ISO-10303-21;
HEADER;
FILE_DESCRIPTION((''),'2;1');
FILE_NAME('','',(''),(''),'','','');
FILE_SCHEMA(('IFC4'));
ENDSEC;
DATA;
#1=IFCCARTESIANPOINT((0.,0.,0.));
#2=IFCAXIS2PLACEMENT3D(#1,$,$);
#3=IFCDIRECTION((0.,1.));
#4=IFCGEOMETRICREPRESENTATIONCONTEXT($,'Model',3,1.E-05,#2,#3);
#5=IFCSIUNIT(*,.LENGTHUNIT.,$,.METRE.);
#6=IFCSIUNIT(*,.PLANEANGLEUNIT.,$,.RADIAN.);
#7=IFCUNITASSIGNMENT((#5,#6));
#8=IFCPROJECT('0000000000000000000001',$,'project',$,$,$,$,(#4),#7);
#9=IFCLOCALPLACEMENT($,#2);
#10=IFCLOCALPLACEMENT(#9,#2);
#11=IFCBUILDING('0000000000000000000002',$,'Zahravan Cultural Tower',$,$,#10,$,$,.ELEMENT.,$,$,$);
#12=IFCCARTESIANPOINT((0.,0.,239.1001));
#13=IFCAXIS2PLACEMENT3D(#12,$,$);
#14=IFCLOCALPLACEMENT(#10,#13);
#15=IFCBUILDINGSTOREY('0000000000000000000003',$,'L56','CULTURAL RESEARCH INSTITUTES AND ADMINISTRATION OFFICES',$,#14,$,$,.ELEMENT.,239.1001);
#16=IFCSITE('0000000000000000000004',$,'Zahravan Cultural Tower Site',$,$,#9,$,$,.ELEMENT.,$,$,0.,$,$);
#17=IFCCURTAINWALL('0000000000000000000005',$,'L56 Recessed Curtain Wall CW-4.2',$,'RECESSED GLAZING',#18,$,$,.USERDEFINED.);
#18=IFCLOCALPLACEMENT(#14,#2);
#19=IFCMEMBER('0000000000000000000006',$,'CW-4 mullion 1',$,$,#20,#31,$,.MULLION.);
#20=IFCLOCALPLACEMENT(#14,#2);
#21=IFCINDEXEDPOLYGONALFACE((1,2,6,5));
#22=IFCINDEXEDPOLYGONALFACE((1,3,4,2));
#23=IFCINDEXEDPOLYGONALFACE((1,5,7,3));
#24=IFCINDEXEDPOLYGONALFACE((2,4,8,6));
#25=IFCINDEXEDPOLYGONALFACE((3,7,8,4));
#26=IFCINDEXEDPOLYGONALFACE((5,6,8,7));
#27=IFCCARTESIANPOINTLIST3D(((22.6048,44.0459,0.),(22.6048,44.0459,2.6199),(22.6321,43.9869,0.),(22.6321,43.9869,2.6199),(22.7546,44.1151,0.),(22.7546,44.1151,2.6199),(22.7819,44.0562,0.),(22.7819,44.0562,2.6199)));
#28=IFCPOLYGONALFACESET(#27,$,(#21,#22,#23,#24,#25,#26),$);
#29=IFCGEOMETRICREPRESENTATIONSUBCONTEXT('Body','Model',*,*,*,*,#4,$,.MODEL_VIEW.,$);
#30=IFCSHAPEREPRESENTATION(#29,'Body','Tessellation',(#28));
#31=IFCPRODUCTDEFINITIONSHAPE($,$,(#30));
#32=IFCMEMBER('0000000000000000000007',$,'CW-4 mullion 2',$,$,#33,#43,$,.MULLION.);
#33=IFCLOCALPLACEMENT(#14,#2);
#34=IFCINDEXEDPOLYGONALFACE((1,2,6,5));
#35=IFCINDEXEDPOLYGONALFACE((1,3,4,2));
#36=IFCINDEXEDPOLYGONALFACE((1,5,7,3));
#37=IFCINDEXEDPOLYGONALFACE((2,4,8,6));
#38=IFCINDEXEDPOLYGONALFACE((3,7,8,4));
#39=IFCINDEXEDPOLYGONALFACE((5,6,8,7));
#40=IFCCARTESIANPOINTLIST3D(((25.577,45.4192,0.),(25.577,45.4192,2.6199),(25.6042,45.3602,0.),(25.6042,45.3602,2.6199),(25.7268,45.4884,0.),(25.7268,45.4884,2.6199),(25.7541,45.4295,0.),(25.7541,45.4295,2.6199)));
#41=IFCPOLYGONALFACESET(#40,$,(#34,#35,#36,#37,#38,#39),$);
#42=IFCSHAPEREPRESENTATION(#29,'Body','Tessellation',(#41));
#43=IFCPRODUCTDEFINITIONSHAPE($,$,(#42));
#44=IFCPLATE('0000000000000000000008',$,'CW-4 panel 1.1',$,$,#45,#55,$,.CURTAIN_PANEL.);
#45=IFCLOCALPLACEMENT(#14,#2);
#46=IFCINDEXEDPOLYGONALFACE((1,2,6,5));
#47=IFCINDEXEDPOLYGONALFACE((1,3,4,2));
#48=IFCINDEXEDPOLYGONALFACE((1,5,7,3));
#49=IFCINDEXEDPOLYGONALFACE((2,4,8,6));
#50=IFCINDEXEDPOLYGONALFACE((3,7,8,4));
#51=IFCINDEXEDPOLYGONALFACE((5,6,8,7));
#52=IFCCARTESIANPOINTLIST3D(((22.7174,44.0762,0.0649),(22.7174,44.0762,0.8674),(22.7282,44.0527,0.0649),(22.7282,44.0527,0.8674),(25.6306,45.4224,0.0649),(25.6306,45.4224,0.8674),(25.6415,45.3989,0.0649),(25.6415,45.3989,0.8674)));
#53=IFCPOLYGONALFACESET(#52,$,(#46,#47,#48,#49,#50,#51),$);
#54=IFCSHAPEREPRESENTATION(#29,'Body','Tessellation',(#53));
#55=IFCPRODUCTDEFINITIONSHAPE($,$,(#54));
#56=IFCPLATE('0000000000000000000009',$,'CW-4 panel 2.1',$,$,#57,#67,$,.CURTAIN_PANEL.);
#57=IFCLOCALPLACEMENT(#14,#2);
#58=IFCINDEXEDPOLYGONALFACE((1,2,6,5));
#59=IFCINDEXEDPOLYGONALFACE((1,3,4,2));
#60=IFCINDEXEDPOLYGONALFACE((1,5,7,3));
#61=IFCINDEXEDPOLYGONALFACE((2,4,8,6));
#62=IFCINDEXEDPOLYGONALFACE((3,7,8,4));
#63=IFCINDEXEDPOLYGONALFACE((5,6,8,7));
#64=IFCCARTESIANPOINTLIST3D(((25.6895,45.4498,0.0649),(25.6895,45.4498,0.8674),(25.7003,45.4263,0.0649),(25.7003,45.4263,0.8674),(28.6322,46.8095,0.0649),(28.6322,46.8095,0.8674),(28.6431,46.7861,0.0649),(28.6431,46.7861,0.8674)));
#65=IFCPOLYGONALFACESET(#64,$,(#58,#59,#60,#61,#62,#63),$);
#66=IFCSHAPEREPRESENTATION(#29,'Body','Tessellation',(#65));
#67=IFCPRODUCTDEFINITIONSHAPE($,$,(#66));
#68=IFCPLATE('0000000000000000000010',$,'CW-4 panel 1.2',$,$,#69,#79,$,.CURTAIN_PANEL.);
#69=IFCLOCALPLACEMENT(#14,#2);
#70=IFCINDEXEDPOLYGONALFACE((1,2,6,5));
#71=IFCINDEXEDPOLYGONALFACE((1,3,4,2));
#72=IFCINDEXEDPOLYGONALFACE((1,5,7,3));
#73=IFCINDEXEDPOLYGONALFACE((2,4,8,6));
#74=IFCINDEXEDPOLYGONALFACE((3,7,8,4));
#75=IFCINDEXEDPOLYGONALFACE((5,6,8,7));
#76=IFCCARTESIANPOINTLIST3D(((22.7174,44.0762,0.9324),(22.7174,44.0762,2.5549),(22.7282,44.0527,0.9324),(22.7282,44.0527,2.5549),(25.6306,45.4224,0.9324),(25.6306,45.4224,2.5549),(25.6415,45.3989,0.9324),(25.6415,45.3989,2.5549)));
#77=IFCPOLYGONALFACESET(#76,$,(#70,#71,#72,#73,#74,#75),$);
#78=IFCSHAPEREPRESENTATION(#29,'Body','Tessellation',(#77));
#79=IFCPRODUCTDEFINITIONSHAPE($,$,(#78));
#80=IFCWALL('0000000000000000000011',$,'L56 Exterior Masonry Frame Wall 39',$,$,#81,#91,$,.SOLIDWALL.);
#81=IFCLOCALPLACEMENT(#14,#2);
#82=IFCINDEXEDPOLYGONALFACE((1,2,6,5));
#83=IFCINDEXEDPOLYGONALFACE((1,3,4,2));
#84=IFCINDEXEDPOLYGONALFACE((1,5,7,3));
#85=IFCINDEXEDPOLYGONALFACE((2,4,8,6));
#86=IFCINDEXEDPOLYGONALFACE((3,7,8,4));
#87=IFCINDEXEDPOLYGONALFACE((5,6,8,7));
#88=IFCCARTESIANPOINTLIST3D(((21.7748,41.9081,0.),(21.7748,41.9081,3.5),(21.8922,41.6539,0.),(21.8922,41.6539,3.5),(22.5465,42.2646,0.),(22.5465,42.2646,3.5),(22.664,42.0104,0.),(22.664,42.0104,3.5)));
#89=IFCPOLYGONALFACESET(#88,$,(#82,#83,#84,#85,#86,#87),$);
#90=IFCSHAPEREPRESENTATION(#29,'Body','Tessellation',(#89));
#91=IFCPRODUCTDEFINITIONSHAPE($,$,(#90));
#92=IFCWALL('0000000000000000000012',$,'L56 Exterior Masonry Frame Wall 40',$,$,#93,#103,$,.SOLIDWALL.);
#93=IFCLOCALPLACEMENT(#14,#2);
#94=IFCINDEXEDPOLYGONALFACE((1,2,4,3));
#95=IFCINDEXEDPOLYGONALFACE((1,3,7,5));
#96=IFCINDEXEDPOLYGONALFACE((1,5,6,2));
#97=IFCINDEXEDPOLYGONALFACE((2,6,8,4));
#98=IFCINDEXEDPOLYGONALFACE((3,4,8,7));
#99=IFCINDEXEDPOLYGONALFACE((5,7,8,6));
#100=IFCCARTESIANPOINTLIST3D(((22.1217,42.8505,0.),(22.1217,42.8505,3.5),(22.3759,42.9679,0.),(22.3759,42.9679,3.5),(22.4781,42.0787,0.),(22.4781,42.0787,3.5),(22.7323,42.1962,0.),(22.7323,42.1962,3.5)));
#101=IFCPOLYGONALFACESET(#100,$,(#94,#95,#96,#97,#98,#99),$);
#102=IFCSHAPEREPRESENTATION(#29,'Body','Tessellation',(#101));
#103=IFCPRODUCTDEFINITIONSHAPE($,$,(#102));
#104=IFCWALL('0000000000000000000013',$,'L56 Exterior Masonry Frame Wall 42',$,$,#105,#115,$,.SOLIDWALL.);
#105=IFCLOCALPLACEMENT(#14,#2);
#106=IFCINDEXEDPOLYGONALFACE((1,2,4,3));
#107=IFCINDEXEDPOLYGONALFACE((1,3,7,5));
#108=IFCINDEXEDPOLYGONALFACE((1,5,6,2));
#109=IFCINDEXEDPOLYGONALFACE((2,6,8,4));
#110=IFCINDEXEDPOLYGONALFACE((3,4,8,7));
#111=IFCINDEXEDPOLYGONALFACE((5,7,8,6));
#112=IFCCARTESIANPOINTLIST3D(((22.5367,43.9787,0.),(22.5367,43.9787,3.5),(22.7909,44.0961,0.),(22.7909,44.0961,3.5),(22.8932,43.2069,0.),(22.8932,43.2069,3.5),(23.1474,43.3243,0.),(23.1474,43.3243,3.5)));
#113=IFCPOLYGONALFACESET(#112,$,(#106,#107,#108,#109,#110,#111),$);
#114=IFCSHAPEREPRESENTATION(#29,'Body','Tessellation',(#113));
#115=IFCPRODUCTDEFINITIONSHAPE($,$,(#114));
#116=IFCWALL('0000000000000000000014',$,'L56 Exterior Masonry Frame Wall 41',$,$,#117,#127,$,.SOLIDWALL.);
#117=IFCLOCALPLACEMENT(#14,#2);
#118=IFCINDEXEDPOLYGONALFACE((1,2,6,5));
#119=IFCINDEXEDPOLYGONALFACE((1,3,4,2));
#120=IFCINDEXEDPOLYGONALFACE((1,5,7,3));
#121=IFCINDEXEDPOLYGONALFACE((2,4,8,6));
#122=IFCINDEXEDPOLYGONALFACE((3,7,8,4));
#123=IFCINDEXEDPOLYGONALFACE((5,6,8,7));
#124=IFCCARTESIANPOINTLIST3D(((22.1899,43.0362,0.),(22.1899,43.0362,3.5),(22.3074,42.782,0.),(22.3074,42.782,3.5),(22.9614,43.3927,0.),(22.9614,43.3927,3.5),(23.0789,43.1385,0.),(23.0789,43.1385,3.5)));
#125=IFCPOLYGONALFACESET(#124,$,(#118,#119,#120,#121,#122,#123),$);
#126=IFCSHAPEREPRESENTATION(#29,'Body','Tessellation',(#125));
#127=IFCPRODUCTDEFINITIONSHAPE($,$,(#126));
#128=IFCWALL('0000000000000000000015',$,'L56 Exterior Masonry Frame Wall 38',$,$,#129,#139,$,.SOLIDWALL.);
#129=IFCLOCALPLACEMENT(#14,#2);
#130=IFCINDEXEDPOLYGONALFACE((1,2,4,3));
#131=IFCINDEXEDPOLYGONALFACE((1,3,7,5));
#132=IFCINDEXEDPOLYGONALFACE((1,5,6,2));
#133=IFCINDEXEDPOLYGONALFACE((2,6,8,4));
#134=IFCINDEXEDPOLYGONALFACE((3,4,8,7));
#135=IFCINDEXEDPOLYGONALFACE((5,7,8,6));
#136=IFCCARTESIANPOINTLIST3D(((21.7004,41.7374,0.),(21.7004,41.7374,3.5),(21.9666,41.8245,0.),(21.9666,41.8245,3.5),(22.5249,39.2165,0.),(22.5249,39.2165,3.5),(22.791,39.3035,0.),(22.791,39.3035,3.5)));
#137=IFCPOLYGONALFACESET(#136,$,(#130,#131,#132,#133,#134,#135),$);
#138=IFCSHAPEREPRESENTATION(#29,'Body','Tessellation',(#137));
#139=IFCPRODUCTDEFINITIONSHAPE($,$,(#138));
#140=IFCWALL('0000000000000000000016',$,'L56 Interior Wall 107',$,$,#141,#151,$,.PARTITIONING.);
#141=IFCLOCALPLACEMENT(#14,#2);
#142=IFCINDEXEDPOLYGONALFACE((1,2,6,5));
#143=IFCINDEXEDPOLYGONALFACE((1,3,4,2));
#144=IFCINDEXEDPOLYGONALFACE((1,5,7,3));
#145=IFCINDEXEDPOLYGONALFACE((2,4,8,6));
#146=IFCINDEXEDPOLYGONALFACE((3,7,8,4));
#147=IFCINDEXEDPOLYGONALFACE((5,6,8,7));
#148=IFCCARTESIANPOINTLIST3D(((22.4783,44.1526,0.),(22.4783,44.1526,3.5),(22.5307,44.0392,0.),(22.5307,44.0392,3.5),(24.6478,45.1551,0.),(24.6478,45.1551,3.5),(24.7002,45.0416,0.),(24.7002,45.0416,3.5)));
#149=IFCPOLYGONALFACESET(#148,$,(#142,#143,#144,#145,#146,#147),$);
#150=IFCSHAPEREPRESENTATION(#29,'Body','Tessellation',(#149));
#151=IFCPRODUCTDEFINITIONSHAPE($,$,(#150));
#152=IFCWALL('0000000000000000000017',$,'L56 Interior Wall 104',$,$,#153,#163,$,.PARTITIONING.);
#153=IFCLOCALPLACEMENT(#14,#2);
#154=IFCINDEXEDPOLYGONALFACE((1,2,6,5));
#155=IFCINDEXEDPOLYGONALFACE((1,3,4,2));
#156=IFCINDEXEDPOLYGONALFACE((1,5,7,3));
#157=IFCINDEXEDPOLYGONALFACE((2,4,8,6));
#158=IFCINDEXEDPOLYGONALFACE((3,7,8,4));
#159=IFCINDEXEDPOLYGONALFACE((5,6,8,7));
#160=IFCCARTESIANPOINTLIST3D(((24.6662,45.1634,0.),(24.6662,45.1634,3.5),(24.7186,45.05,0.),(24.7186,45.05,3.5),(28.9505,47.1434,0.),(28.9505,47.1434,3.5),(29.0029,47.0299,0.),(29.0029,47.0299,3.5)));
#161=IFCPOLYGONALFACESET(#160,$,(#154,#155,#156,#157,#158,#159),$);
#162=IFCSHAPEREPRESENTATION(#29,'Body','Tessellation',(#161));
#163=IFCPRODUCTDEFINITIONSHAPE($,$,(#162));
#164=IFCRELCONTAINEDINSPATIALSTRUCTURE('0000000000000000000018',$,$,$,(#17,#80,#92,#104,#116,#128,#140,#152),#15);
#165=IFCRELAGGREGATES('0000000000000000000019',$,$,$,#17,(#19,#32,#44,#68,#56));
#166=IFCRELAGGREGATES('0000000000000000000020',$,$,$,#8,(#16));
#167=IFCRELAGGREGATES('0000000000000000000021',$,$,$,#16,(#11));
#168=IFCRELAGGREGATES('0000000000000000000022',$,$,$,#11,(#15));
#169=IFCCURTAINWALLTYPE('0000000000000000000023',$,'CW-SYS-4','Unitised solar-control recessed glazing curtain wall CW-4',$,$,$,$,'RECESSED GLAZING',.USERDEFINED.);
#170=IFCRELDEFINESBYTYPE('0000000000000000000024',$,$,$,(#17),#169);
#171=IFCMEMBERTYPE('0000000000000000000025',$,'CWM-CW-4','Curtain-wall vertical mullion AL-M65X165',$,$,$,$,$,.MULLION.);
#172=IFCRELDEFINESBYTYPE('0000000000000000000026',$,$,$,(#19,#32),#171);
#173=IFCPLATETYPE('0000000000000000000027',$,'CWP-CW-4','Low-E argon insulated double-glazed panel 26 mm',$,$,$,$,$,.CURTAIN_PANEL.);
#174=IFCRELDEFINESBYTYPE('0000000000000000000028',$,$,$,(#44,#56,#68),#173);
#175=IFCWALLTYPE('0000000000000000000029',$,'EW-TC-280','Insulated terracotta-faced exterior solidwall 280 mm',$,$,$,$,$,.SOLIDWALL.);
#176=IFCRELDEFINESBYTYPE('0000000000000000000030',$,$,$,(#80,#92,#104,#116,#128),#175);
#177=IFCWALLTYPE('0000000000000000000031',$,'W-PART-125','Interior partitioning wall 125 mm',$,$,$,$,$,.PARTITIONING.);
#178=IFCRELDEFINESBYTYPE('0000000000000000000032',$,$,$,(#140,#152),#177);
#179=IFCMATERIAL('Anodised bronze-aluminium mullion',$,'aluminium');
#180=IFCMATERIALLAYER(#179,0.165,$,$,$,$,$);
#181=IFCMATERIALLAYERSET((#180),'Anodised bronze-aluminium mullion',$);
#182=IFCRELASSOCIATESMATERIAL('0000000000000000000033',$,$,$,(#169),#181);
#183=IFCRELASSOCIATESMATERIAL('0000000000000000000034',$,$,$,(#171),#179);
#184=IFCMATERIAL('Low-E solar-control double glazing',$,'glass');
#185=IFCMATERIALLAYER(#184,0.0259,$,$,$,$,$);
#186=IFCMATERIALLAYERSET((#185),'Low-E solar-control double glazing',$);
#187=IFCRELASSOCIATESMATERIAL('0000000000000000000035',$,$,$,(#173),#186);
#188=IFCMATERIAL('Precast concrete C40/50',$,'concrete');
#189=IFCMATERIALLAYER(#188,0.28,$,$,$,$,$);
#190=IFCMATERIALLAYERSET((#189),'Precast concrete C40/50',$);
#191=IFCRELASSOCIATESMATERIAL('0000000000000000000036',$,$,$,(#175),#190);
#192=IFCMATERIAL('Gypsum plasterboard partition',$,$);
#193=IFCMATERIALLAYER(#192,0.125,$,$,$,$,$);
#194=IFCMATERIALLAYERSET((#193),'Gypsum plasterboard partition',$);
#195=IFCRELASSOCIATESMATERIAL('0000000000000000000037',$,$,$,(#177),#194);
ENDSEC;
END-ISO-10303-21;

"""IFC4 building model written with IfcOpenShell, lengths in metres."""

from ifc_helpers import new_model, si_unit, direction, frame, frame_2d, origin, origin_2d, place, context, subcontext, project, spatial, rectangle, extrude, source, transform, mapped, material, layer, layer_set, material_profile, profile_set, type_object, element, aggregate, save


model = new_model("IFC4")

# Units and contexts
model_context = context("Model", 3, precision=1e-05, world=origin(), true_north=direction((0.0, 1.0)))
body_context = subcontext(model_context, "Body", "Model", "MODEL_VIEW")
ifc_project = project(units=[si_unit("LENGTHUNIT", "METRE"), si_unit("PLANEANGLEUNIT", "RADIAN")], contexts=[model_context])

# Site, building, storey
site_placement = place(None, origin())
site = spatial("IfcSite", under=ifc_project, at=site_placement, Name="Zahravan Cultural Tower Site", CompositionType="ELEMENT", RefElevation=0.0)
building_placement = place(site_placement, origin())
building = spatial("IfcBuilding", under=site, at=building_placement, Name="Zahravan Cultural Tower", CompositionType="ELEMENT")
storey_placement = place(building_placement, frame((0.0, 0.0, 239.1001)))
storey = spatial("IfcBuildingStorey", under=building, at=storey_placement, Name="L56", Description="CULTURAL RESEARCH INSTITUTES AND ADMINISTRATION OFFICES", CompositionType="ELEMENT", Elevation=239.1001)

# Curtain wall, members, plates
ifc_material_1 = material(Name="Anodised bronze-aluminium mullion", Category="aluminium")
ifc_layer_1 = layer(ifc_material_1, 0.165)
ifc_layer_set_1 = layer_set([ifc_layer_1], Name="Anodised bronze-aluminium mullion")
curtain_wall_type = type_object("IfcCurtainWallType", Name="CW-SYS-4", Description="Unitised solar-control recessed glazing curtain wall CW-4", ElementType="RECESSED GLAZING", PredefinedType="USERDEFINED", material=ifc_layer_set_1)
curtain_wall_placement = place(storey_placement, origin())
curtain_wall = element("IfcCurtainWall", 1, at=curtain_wall_placement, inside=storey, type_object=curtain_wall_type, Name="L56 Recessed Curtain Wall CW-4.2", ObjectType="RECESSED GLAZING", PredefinedType="USERDEFINED")
ifc_material_profile_1 = material_profile(ifc_material_1, rectangle(XDim=0.0649, YDim=0.165, at=origin_2d()), Name="AL-M65X165")
ifc_profile_set_1 = profile_set([ifc_material_profile_1], Name="Anodised bronze-aluminium mullion")
member_type_1 = type_object("IfcMemberType", Name="CWM-CW-4", Description="Curtain-wall vertical mullion AL-M65X165", PredefinedType="MULLION", material=ifc_profile_set_1)
shared_shape_1 = source(origin(), body_context, "Body", "SweptSolid", [
    extrude(rectangle(XDim=0.0649, YDim=0.165, at=origin_2d()), origin(), (0.0, 0.0, 1.0), 2.6199),
])
member_1_placement = place(storey_placement, frame((22.6934, 44.051, 0.0), z_axis=(0.0, 0.0, 1.0), x_axis=(-0.419457, 0.907775, 0.0)))
member_1 = element("IfcMember", 2, at=member_1_placement, type_object=member_type_1, Name="CW-4 mullion 1", PredefinedType="MULLION", context=body_context, shape_type="MappedRepresentation", body=[
    mapped(shared_shape_1, transform((0.0, 0.0, 0.0), x_axis=(1.0, 0.0, 0.0), y_axis=(0.0, 1.0, 0.0), z_axis=(0.0, 0.0, 1.0), scale=1.0)),
])
member_2_placement = place(storey_placement, frame((25.6655, 45.4243, 0.0), z_axis=(0.0, 0.0, 1.0), x_axis=(-0.419457, 0.907775, 0.0)))
member_2 = element("IfcMember", 3, at=member_2_placement, type_object=member_type_1, Name="CW-4 mullion 2", PredefinedType="MULLION", context=body_context, shape_type="MappedRepresentation", body=[
    mapped(shared_shape_1, transform((0.0, 0.0, 0.0), x_axis=(1.0, 0.0, 0.0), y_axis=(0.0, 1.0, 0.0), z_axis=(0.0, 0.0, 1.0), scale=1.0)),
])
ifc_material_2 = material(Name="Low-E solar-control double glazing", Category="glass")
ifc_layer_2 = layer(ifc_material_2, 0.0259)
ifc_layer_set_2 = layer_set([ifc_layer_2], Name="Low-E solar-control double glazing")
plate_type = type_object("IfcPlateType", Name="CWP-CW-4", Description="Low-E argon insulated double-glazed panel 26 mm", PredefinedType="CURTAIN_PANEL", material=ifc_layer_set_2)
shared_shape_2 = source(origin(), body_context, "Body", "SweptSolid", [
    extrude(rectangle(XDim=3.2092, YDim=0.0259, at=origin_2d()), origin(), (0.0, 0.0, 1.0), 0.8025),
])
plate_1_placement = place(storey_placement, frame((24.1794, 44.7375, 0.0649), z_axis=(0.0, 0.0, 1.0), x_axis=(0.907775, 0.419457, 0.0)))
plate_1 = element("IfcPlate", 4, at=plate_1_placement, type_object=plate_type, Name="CW-4 panel 1.1", PredefinedType="CURTAIN_PANEL", context=body_context, shape_type="MappedRepresentation", body=[
    mapped(shared_shape_2, transform((0.0, 0.0, 0.0), x_axis=(1.0, 0.0, 0.0), y_axis=(0.0, 1.0, 0.0), z_axis=(0.0, 0.0, 1.0), scale=1.0)),
])
shared_shape_3 = source(origin(), body_context, "Body", "SweptSolid", [
    extrude(rectangle(XDim=3.2417, YDim=0.0259, at=origin_2d()), origin(), (0.0, 0.0, 1.0), 0.8025),
])
plate_2_placement = place(storey_placement, frame((27.1663, 46.1179, 0.0649), z_axis=(0.0, 0.0, 1.0), x_axis=(0.907775, 0.419457, 0.0)))
plate_2 = element("IfcPlate", 5, at=plate_2_placement, type_object=plate_type, Name="CW-4 panel 2.1", PredefinedType="CURTAIN_PANEL", context=body_context, shape_type="MappedRepresentation", body=[
    mapped(shared_shape_3, transform((0.0, 0.0, 0.0), x_axis=(1.0, 0.0, 0.0), y_axis=(0.0, 1.0, 0.0), z_axis=(0.0, 0.0, 1.0), scale=1.0)),
])
shared_shape_4 = source(origin(), body_context, "Body", "SweptSolid", [
    extrude(rectangle(XDim=3.2092, YDim=0.0259, at=origin_2d()), origin(), (0.0, 0.0, 1.0), 1.6226),
])
plate_3_placement = place(storey_placement, frame((24.1794, 44.7375, 0.9324), z_axis=(0.0, 0.0, 1.0), x_axis=(0.907775, 0.419457, 0.0)))
plate_3 = element("IfcPlate", 6, at=plate_3_placement, type_object=plate_type, Name="CW-4 panel 1.2", PredefinedType="CURTAIN_PANEL", context=body_context, shape_type="MappedRepresentation", body=[
    mapped(shared_shape_4, transform((0.0, 0.0, 0.0), x_axis=(1.0, 0.0, 0.0), y_axis=(0.0, 1.0, 0.0), z_axis=(0.0, 0.0, 1.0), scale=1.0)),
])
aggregate(curtain_wall, [member_1, member_2, plate_1, plate_3, plate_2])

# Walls
ifc_material_3 = material(Name="Precast concrete C40/50", Category="concrete")
ifc_layer_3 = layer(ifc_material_3, 0.28)
ifc_layer_set_3 = layer_set([ifc_layer_3], Name="Precast concrete C40/50")
wall_type_1 = type_object("IfcWallType", Name="EW-TC-280", Description="Insulated terracotta-faced exterior solidwall 280 mm", PredefinedType="SOLIDWALL", material=ifc_layer_set_3)
shared_shape_5 = source(origin(), body_context, "Body", "SweptSolid", [
    extrude(rectangle(XDim=0.8501, YDim=0.28, at=frame_2d((0.425, 0.0))), origin(), (0.0, 0.0, 1.0), 3.5),
])
for number, where, z_axis, x_axis, name in (
    (7, (21.8335, 41.781, 0.0), (0.0, 0.0, 1.0), (0.907842, 0.419313, 0.0), "L56 Exterior Masonry Frame Wall 39"),
    (8, (22.6052, 42.1375, 0.0), (0.0, 0.0, 1.0), (-0.419313, 0.907842, 0.0), "L56 Exterior Masonry Frame Wall 40"),
    (9, (23.0203, 43.2656, 0.0), (0.0, 0.0, 1.0), (-0.419313, 0.907842, 0.0), "L56 Exterior Masonry Frame Wall 42"),
):
    element("IfcWall", number, at=place(storey_placement, frame(where, z_axis=z_axis, x_axis=x_axis)), inside=storey, type_object=wall_type_1, Name=name, PredefinedType="SOLIDWALL", context=body_context, shape_type="MappedRepresentation", body=[
        mapped(shared_shape_5, transform((0.0, 0.0, 0.0), x_axis=(1.0, 0.0, 0.0), y_axis=(0.0, 1.0, 0.0), z_axis=(0.0, 0.0, 1.0), scale=1.0)),
    ])
shared_shape_6 = source(origin(), body_context, "Body", "SweptSolid", [
    extrude(rectangle(XDim=0.8499, YDim=0.28, at=frame_2d((0.4248, 0.0))), origin(), (0.0, 0.0, 1.0), 3.5),
])
wall_1_placement = place(storey_placement, frame((22.2488, 42.9092, 0.0), z_axis=(0.0, 0.0, 1.0), x_axis=(0.907791, 0.419422, 0.0)))
element("IfcWall", 10, at=wall_1_placement, inside=storey, type_object=wall_type_1, Name="L56 Exterior Masonry Frame Wall 41", PredefinedType="SOLIDWALL", context=body_context, shape_type="MappedRepresentation", body=[
    mapped(shared_shape_6, transform((0.0, 0.0, 0.0), x_axis=(1.0, 0.0, 0.0), y_axis=(0.0, 1.0, 0.0), z_axis=(0.0, 0.0, 1.0), scale=1.0)),
])
shared_shape_7 = source(origin(), body_context, "Body", "SweptSolid", [
    extrude(rectangle(XDim=2.6523, YDim=0.28, at=frame_2d((1.3262, 0.0))), origin(), (0.0, 0.0, 1.0), 3.5),
])
wall_2_placement = place(storey_placement, frame((22.658, 39.26, 0.0), z_axis=(0.0, 0.0, 1.0), x_axis=(-0.310838, 0.950463, 0.0)))
element("IfcWall", 11, at=wall_2_placement, inside=storey, type_object=wall_type_1, Name="L56 Exterior Masonry Frame Wall 38", PredefinedType="SOLIDWALL", context=body_context, shape_type="MappedRepresentation", body=[
    mapped(shared_shape_7, transform((0.0, 0.0, 0.0), x_axis=(1.0, 0.0, 0.0), y_axis=(0.0, 1.0, 0.0), z_axis=(0.0, 0.0, 1.0), scale=1.0)),
])
ifc_material_4 = material(Name="Gypsum plasterboard partition")
ifc_layer_4 = layer(ifc_material_4, 0.125)
ifc_layer_set_4 = layer_set([ifc_layer_4], Name="Gypsum plasterboard partition")
wall_type_2 = type_object("IfcWallType", Name="W-PART-125", Description="Interior partitioning wall 125 mm", PredefinedType="PARTITIONING", material=ifc_layer_set_4)
shared_shape_8 = source(origin(), body_context, "Body", "SweptSolid", [
    extrude(rectangle(XDim=2.3899, YDim=0.125, at=frame_2d((1.1948, 0.0))), origin(), (0.0, 0.0, 1.0), 3.5),
])
wall_3_placement = place(storey_placement, frame((22.5046, 44.0959, 0.0), z_axis=(0.0, 0.0, 1.0), x_axis=(0.907774, 0.41946, 0.0)))
element("IfcWall", 12, at=wall_3_placement, inside=storey, type_object=wall_type_2, Name="L56 Interior Wall 107", PredefinedType="PARTITIONING", context=body_context, shape_type="MappedRepresentation", body=[
    mapped(shared_shape_8, transform((0.0, 0.0, 0.0), x_axis=(1.0, 0.0, 0.0), y_axis=(0.0, 1.0, 0.0), z_axis=(0.0, 0.0, 1.0), scale=1.0)),
])
shared_shape_9 = source(origin(), body_context, "Body", "SweptSolid", [
    extrude(rectangle(XDim=4.7197, YDim=0.125, at=frame_2d((2.3599, 0.0))), origin(), (0.0, 0.0, 1.0), 3.5),
])
wall_4_placement = place(storey_placement, frame((24.6924, 45.1067, 0.0), z_axis=(0.0, 0.0, 1.0), x_axis=(0.907753, 0.419504, 0.0)))
element("IfcWall", 13, at=wall_4_placement, inside=storey, type_object=wall_type_2, Name="L56 Interior Wall 104", PredefinedType="PARTITIONING", context=body_context, shape_type="MappedRepresentation", body=[
    mapped(shared_shape_9, transform((0.0, 0.0, 0.0), x_axis=(1.0, 0.0, 0.0), y_axis=(0.0, 1.0, 0.0), z_axis=(0.0, 0.0, 1.0), scale=1.0)),
])

save(model, "model.ifc")
